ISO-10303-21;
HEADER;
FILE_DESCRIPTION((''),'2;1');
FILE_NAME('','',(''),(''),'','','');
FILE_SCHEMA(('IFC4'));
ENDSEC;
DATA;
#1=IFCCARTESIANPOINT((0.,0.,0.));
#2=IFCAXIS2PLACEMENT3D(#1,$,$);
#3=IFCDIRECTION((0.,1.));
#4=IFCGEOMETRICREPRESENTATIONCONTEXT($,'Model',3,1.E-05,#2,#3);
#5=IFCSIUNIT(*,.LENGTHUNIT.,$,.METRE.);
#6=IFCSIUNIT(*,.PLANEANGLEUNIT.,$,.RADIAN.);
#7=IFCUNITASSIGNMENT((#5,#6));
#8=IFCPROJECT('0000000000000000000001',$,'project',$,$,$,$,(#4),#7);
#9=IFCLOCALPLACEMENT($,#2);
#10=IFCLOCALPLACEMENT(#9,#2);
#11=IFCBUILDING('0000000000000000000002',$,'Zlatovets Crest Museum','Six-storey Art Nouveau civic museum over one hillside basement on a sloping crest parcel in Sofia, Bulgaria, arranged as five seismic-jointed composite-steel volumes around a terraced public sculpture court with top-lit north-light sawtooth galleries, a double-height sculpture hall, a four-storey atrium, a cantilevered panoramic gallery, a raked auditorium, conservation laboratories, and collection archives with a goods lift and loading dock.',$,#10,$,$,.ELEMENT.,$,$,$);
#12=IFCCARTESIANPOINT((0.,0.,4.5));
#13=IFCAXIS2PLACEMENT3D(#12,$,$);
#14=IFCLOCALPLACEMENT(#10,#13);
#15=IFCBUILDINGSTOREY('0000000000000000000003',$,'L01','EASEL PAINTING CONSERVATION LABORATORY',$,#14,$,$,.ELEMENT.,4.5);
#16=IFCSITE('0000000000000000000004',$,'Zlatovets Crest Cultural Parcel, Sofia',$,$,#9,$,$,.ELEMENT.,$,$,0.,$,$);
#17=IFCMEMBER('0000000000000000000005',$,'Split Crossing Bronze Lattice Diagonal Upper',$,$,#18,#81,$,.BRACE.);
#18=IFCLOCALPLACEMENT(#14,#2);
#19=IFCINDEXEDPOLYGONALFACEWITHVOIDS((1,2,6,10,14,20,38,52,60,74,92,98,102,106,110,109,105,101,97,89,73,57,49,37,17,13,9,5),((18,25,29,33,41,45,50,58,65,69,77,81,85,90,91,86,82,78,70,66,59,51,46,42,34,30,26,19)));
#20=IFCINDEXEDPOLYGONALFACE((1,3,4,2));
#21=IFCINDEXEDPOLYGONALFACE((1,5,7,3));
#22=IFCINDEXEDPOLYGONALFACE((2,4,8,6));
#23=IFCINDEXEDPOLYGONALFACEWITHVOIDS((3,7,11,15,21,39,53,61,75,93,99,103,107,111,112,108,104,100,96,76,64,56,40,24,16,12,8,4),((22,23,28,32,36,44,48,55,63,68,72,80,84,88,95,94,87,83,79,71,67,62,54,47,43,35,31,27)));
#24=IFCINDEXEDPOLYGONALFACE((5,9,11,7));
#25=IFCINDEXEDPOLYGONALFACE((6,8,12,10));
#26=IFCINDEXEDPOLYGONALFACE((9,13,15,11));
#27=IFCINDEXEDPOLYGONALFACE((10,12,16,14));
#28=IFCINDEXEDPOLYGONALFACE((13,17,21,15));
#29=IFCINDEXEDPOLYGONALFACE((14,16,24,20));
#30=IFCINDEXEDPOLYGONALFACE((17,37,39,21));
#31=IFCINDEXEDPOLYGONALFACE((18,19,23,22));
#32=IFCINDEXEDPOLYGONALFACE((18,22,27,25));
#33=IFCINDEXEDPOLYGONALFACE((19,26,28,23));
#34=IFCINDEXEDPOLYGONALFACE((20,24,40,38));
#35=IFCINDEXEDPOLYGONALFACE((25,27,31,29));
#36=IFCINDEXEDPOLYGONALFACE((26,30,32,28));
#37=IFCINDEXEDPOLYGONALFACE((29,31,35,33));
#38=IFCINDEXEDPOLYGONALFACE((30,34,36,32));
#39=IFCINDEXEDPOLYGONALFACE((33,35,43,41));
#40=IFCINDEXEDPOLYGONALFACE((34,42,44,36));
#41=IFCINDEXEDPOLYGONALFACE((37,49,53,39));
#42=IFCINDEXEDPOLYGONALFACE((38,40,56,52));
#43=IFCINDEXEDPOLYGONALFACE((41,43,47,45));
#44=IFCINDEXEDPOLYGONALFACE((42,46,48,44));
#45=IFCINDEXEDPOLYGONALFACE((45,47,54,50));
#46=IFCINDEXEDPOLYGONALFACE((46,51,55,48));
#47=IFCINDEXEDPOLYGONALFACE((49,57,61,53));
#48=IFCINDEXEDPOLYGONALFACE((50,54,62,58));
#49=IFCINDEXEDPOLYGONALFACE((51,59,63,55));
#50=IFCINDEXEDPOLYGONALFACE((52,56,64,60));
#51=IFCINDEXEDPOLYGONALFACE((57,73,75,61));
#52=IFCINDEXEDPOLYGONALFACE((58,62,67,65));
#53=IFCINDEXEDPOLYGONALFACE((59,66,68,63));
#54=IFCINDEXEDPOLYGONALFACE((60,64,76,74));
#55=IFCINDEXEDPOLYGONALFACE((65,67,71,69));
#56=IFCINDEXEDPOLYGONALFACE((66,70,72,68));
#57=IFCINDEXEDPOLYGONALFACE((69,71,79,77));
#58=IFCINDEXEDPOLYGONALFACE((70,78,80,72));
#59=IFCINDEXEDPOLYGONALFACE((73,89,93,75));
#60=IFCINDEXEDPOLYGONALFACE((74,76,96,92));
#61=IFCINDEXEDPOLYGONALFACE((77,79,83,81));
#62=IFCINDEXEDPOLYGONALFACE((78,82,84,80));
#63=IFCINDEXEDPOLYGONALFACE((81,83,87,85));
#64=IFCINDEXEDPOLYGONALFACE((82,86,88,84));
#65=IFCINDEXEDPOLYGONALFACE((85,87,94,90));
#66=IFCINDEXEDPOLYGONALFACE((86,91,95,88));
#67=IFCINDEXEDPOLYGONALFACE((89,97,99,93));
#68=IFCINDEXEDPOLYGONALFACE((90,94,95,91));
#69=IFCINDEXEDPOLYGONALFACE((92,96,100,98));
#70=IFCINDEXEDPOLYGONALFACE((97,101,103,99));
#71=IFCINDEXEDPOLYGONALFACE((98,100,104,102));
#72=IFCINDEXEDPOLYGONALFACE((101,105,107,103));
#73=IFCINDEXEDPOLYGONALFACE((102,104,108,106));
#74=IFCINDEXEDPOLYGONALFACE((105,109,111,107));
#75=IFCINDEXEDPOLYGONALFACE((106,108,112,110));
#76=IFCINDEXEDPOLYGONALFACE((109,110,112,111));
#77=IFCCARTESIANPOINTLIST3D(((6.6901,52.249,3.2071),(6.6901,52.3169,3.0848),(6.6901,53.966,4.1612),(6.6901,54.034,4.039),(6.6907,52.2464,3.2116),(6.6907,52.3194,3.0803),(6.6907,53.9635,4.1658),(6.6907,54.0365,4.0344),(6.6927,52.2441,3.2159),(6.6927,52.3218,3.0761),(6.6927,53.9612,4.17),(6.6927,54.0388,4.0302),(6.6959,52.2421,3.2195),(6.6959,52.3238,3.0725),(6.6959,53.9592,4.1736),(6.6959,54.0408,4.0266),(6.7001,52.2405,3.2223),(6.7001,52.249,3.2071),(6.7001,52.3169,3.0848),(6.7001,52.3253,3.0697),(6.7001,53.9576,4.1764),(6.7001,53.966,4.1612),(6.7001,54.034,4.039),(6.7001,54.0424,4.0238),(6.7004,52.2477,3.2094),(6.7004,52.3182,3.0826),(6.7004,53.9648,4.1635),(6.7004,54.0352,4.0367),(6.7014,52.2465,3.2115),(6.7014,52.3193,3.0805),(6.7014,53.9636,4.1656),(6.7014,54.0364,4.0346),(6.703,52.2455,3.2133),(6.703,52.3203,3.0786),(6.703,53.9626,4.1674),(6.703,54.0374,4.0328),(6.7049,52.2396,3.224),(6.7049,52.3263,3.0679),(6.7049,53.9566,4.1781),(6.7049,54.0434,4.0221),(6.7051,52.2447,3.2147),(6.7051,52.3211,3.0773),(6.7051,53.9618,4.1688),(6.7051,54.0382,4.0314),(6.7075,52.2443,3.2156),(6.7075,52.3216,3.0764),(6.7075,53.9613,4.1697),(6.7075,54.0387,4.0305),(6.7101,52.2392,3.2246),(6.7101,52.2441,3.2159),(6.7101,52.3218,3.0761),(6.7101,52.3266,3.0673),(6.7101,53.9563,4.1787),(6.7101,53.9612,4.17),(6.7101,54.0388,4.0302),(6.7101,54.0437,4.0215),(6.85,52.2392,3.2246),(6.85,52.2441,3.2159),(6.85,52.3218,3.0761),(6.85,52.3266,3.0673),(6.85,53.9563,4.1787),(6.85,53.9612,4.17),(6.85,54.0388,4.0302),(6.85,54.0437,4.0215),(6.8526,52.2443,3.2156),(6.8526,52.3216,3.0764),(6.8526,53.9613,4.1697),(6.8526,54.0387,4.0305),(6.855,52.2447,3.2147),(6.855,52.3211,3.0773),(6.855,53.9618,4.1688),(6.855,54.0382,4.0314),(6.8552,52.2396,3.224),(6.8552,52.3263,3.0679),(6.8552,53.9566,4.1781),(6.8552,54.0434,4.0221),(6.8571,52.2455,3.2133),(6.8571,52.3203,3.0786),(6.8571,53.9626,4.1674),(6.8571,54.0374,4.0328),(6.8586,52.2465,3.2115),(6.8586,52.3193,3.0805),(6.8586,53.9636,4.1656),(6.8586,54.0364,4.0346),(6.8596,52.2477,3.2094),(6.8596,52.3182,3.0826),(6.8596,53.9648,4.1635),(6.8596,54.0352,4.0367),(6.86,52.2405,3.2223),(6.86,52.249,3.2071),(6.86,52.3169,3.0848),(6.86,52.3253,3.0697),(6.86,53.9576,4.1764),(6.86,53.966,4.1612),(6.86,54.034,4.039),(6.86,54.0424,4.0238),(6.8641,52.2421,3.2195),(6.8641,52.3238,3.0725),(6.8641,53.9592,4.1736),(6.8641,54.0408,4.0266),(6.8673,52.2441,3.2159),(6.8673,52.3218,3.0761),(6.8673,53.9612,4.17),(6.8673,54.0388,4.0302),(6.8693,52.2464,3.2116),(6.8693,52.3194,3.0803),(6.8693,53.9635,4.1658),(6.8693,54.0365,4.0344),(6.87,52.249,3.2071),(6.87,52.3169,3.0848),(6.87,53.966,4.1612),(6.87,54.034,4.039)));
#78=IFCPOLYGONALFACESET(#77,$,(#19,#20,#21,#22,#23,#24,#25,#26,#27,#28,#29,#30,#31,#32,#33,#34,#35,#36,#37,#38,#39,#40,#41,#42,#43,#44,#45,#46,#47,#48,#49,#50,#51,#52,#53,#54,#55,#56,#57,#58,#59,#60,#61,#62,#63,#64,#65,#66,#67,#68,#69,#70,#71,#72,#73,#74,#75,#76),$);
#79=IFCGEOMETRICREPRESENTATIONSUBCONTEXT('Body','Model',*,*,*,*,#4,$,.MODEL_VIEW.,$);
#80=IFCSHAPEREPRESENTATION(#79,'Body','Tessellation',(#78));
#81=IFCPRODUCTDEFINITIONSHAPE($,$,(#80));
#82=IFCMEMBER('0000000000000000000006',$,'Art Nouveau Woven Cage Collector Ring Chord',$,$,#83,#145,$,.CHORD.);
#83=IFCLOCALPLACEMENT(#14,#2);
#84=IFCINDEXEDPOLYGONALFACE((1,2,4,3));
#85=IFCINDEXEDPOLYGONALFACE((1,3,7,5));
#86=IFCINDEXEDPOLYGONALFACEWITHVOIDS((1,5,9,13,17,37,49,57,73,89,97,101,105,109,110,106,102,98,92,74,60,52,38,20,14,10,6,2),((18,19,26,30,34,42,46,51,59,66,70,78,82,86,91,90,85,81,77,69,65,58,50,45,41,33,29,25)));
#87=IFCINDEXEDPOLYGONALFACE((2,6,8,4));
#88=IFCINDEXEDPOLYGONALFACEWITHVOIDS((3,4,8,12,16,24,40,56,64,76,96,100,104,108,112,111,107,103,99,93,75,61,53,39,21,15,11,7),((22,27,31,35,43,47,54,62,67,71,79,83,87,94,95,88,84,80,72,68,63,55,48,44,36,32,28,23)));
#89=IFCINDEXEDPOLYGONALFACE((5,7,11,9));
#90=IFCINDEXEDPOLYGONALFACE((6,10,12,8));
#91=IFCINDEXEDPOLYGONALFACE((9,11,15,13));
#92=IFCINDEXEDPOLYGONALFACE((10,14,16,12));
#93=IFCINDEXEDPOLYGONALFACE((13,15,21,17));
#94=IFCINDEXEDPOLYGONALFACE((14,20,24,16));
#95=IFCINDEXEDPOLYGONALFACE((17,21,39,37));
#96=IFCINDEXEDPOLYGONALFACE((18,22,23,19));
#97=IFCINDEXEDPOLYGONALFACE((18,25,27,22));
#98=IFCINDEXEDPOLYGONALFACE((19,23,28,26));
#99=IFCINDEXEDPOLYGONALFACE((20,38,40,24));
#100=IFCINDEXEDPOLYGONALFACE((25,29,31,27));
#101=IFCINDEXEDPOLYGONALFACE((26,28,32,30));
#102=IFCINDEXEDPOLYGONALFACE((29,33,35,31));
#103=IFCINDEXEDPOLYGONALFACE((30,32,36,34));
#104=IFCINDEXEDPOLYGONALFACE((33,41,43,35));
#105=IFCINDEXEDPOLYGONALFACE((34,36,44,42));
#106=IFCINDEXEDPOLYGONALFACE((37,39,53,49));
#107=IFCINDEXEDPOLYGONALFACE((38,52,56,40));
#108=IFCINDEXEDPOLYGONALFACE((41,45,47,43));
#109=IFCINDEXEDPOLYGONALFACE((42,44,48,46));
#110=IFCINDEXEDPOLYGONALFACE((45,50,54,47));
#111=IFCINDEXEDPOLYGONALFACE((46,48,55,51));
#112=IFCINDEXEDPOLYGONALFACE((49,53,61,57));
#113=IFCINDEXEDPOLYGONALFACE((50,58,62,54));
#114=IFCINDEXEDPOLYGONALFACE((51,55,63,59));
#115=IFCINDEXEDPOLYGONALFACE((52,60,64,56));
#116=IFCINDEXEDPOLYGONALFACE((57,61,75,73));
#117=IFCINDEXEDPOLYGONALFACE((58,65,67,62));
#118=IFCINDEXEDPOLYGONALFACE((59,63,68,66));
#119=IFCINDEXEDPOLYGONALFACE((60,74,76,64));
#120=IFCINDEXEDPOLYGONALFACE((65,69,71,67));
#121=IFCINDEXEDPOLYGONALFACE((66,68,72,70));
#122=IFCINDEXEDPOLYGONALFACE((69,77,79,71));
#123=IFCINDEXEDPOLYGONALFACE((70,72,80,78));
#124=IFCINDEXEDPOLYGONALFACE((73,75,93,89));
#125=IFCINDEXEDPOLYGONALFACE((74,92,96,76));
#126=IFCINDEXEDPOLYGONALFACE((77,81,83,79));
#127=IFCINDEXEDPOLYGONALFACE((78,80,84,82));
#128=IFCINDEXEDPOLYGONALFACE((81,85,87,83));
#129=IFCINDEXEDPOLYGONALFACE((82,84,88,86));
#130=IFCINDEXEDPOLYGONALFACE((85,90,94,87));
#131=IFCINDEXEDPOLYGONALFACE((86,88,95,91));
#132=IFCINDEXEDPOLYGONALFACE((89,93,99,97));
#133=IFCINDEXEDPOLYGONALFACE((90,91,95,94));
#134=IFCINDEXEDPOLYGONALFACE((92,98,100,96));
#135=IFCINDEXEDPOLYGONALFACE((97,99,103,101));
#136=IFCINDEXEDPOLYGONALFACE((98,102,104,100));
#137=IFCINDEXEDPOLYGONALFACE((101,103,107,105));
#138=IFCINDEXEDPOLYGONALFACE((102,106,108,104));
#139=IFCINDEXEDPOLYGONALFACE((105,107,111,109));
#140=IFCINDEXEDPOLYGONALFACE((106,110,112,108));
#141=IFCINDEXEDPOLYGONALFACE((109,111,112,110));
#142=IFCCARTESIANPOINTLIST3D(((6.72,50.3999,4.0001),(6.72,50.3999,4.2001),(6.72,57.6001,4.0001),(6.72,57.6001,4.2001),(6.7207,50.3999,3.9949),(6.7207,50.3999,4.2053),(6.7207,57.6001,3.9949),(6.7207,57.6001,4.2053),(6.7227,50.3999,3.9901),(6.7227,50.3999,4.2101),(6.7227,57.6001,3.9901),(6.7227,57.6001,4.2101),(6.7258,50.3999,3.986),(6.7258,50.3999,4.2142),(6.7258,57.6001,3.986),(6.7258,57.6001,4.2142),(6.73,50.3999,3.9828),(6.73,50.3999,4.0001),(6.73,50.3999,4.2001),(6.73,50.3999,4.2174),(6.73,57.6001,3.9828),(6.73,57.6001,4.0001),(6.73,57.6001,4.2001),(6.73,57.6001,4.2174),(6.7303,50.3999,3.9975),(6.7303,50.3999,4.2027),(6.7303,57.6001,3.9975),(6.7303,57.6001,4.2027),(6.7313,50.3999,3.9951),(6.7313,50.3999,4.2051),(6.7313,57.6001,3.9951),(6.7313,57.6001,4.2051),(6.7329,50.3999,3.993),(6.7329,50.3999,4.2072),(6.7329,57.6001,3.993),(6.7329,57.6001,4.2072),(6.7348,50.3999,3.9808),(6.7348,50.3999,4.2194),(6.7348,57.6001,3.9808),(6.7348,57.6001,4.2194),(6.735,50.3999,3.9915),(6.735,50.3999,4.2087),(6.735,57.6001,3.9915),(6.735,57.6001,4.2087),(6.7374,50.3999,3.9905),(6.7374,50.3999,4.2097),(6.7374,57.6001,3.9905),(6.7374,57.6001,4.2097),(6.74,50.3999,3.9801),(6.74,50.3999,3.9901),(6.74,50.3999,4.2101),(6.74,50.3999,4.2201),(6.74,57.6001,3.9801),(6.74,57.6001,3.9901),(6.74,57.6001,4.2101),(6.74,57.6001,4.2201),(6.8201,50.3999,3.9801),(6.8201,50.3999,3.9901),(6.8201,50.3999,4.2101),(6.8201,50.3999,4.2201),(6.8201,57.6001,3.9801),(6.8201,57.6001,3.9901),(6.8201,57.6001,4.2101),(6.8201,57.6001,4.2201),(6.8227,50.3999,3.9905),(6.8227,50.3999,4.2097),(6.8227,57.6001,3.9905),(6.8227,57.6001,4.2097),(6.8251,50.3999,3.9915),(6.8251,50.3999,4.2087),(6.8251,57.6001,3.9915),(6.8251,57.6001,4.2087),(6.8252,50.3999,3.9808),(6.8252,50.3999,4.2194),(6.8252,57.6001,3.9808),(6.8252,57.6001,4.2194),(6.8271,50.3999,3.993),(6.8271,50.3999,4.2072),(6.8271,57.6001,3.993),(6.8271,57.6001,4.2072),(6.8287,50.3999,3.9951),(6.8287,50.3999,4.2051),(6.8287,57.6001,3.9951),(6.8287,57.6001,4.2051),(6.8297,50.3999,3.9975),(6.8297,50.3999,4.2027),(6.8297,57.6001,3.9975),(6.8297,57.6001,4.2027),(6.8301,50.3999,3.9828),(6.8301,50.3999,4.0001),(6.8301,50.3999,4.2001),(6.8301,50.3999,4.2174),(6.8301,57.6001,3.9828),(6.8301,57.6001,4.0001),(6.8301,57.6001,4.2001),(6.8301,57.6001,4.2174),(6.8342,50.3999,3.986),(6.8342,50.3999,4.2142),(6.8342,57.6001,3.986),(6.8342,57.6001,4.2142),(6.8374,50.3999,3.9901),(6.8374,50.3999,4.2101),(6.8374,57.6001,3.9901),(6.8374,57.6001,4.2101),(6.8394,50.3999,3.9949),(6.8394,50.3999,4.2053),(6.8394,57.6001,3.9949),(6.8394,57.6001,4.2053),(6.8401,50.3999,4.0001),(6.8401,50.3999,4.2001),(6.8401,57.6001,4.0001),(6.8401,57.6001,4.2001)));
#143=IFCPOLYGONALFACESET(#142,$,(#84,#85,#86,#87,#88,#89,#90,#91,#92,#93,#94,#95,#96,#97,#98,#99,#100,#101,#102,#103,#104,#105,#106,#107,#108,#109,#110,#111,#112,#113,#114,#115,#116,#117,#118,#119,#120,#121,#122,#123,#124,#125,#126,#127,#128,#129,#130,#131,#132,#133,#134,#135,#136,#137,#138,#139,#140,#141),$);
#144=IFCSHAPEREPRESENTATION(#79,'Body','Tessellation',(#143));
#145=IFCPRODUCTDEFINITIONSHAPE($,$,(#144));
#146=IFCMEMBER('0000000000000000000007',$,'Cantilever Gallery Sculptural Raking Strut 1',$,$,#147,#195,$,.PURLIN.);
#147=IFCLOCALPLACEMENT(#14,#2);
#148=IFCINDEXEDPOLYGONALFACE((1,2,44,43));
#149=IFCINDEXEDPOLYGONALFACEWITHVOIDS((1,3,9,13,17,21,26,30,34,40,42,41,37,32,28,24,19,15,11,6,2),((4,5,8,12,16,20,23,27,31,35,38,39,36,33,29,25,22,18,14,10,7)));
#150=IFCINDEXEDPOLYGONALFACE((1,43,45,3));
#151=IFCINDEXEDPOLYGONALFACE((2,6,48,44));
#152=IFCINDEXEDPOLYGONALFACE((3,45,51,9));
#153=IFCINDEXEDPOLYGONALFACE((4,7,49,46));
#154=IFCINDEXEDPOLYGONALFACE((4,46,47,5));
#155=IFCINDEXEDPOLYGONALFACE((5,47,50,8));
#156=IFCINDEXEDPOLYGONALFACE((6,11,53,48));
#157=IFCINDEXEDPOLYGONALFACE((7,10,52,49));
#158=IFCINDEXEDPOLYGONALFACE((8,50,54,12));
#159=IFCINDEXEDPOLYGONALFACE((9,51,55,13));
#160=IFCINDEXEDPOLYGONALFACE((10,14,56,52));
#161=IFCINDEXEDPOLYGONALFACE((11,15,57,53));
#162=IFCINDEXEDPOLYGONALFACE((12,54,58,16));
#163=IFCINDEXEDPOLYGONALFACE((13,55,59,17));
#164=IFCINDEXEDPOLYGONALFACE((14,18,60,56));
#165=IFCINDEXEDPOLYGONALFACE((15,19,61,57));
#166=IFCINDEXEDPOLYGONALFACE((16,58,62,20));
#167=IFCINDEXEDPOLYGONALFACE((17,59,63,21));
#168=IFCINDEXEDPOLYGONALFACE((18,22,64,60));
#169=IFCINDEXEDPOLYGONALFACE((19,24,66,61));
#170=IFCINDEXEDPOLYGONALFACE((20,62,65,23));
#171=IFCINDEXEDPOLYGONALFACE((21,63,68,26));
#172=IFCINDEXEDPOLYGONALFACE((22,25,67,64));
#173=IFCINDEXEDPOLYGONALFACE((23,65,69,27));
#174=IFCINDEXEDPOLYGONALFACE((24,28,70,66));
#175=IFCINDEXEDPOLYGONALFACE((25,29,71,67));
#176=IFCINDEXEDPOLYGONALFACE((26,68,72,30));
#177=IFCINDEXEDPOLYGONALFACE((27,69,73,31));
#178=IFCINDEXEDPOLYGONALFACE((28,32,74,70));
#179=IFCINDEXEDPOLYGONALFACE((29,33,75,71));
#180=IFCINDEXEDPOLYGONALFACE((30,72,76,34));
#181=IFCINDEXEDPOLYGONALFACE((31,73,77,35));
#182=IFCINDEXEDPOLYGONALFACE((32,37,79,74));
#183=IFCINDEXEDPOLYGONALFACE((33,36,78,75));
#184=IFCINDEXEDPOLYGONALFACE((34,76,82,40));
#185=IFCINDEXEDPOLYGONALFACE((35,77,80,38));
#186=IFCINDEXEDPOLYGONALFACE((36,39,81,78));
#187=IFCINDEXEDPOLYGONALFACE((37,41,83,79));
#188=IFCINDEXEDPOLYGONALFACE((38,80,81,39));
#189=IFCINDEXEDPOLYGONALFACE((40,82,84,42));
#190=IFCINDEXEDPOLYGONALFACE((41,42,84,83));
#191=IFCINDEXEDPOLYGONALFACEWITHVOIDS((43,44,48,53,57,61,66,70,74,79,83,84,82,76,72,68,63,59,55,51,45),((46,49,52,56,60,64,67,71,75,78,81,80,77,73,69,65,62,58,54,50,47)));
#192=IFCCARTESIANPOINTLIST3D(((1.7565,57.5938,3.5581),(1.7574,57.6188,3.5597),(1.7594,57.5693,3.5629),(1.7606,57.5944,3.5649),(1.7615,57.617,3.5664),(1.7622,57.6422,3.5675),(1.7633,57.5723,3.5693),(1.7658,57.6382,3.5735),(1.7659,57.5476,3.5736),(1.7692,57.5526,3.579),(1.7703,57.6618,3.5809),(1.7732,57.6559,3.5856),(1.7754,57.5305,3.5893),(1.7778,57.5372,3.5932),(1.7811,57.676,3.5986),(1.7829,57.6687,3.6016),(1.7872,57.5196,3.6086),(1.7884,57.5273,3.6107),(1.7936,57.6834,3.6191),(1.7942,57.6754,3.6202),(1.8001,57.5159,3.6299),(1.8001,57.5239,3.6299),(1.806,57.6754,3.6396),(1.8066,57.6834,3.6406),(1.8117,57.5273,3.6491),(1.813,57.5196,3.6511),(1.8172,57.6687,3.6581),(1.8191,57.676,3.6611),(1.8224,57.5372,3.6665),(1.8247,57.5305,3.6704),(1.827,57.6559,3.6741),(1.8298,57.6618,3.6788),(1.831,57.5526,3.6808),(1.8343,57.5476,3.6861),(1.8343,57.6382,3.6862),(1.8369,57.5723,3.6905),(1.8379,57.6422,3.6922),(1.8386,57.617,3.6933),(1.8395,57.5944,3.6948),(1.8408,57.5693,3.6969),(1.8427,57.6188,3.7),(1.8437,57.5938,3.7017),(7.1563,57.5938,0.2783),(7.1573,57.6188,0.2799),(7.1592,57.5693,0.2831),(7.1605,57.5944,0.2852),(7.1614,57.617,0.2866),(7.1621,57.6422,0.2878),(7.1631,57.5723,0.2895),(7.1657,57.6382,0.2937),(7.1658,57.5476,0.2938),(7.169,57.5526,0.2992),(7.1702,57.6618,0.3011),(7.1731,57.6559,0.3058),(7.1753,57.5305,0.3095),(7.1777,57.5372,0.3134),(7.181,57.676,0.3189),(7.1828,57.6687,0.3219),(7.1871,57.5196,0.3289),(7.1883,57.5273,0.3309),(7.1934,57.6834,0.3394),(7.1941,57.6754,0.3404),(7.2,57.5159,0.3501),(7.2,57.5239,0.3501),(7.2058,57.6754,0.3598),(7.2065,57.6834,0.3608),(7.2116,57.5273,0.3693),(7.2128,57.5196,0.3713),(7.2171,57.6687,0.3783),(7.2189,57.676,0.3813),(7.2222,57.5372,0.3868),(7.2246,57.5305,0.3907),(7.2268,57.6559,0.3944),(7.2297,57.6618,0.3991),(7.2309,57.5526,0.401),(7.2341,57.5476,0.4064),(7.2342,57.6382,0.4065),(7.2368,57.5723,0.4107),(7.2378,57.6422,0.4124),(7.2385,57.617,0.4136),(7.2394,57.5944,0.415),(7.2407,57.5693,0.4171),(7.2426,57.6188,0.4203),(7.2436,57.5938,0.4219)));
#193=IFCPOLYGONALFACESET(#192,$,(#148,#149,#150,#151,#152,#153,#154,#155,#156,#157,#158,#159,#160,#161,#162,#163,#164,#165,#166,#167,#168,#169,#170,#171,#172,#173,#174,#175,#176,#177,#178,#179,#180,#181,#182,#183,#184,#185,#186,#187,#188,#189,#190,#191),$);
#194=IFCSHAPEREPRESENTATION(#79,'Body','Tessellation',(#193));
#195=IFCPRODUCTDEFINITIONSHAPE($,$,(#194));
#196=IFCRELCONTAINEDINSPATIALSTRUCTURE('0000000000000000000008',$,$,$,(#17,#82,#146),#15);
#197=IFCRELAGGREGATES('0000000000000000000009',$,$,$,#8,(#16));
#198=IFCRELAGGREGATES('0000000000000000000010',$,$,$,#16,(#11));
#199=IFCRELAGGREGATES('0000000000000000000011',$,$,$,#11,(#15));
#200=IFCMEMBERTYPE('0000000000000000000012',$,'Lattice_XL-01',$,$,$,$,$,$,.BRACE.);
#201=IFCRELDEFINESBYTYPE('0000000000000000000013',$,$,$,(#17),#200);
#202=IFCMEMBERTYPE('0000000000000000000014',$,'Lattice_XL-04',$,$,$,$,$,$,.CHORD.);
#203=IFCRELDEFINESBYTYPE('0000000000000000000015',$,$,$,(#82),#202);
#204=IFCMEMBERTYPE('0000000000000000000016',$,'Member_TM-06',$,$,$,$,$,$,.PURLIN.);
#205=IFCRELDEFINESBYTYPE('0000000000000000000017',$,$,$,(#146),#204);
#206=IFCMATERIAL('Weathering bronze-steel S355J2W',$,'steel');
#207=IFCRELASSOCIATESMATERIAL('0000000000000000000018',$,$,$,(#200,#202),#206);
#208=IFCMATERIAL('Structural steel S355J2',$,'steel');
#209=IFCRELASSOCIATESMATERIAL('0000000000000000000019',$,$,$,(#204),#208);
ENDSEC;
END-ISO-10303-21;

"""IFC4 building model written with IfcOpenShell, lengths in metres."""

from ifc_helpers import new_model, si_unit, direction, frame, origin, origin_2d, place, context, subcontext, project, spatial, hollow_rectangle, hollow_circle, extrude, material, material_profile, profile_set, type_object, element, save


model = new_model("IFC4")

# Units and contexts
model_context = context("Model", 3, precision=1e-05, world=origin(), true_north=direction((0.0, 1.0)))
body_context = subcontext(model_context, "Body", "Model", "MODEL_VIEW")
ifc_project = project(units=[si_unit("LENGTHUNIT", "METRE"), si_unit("PLANEANGLEUNIT", "RADIAN")], contexts=[model_context])

# Site, building, storey
site_placement = place(None, origin())
site = spatial("IfcSite", under=ifc_project, at=site_placement, Name="Zlatovets Crest Cultural Parcel, Sofia", CompositionType="ELEMENT", RefElevation=0.0)
building_placement = place(site_placement, origin())
building = spatial("IfcBuilding", under=site, at=building_placement, Name="Zlatovets Crest Museum", Description="Six-storey Art Nouveau civic museum over one hillside basement on a sloping crest parcel in Sofia, Bulgaria, arranged as five seismic-jointed composite-steel volumes around a terraced public sculpture court with top-lit north-light sawtooth galleries, a double-height sculpture hall, a four-storey atrium, a cantilevered panoramic gallery, a raked auditorium, conservation laboratories, and collection archives with a goods lift and loading dock.", CompositionType="ELEMENT")
storey_placement = place(building_placement, frame((0.0, 0.0, 4.5)))
storey = spatial("IfcBuildingStorey", under=building, at=storey_placement, Name="L01", Description="EASEL PAINTING CONSERVATION LABORATORY", CompositionType="ELEMENT", Elevation=4.5)

# Shared definitions
ifc_material_1 = material(Name="Structural steel S355J2", Category="steel")

# Members
ifc_material_2 = material(Name="Weathering bronze-steel S355J2W", Category="steel")
ifc_material_profile_1 = material_profile(ifc_material_2, hollow_rectangle(XDim=0.1799, YDim=0.1799, WallThickness=0.01, InnerFilletRadius=0.01, OuterFilletRadius=0.02, at=origin_2d()), Name="SHS 180x180x10.0")
ifc_profile_set_1 = profile_set([ifc_material_profile_1], Name="Weathering bronze-steel S355J2W")
member_type_1 = type_object("IfcMemberType", Name="Lattice_XL-01", PredefinedType="BRACE", material=ifc_profile_set_1)
member_1_placement = place(storey_placement, frame((6.78, 54.0, 4.1001), z_axis=(0.0, -0.874116, -0.485717), x_axis=(1.0, 0.0, 0.0)))
element("IfcMember", 1, at=member_1_placement, inside=storey, type_object=member_type_1, Name="Split Crossing Bronze Lattice Diagonal Upper", PredefinedType="BRACE", context=body_context, shape_type="SweptSolid", body=[
    extrude(hollow_rectangle(XDim=0.1799, YDim=0.1799, WallThickness=0.01, InnerFilletRadius=0.01, OuterFilletRadius=0.02, at=origin_2d()), origin(), (0.0, 0.0, 1.0), 1.9644),
])
ifc_material_profile_2 = material_profile(ifc_material_2, hollow_rectangle(XDim=0.1201, YDim=0.24, WallThickness=0.01, InnerFilletRadius=0.01, OuterFilletRadius=0.02, at=origin_2d()), Name="RHS 120x240x10.0")
ifc_profile_set_2 = profile_set([ifc_material_profile_2], Name="Weathering bronze-steel S355J2W")
member_type_2 = type_object("IfcMemberType", Name="Lattice_XL-04", PredefinedType="CHORD", material=ifc_profile_set_2)
member_2_placement = place(storey_placement, frame((6.78, 57.6001, 4.1001), z_axis=(0.0, -1.0, 0.0), x_axis=(1.0, 0.0, 0.0)))
element("IfcMember", 2, at=member_2_placement, inside=storey, type_object=member_type_2, Name="Art Nouveau Woven Cage Collector Ring Chord", PredefinedType="CHORD", context=body_context, shape_type="SweptSolid", body=[
    extrude(hollow_rectangle(XDim=0.1201, YDim=0.24, WallThickness=0.01, InnerFilletRadius=0.01, OuterFilletRadius=0.02, at=origin_2d()), origin(), (0.0, 0.0, 1.0), 7.2002),
])
ifc_material_profile_3 = material_profile(ifc_material_1, hollow_circle(Radius=0.0842, WallThickness=0.0081, at=origin_2d()), Name="CHS 168.3x8.0")
ifc_profile_set_3 = profile_set([ifc_material_profile_3], Name="Structural steel S355J2")
member_type_3 = type_object("IfcMemberType", Name="Member_TM-06", PredefinedType="PURLIN", material=ifc_profile_set_3)
member_3_placement = place(storey_placement, frame((7.2, 57.6001, 0.3501), z_axis=(-0.854698, 0.0, 0.519125), x_axis=(0.0, -1.0, 0.0)))
element("IfcMember", 3, at=member_3_placement, inside=storey, type_object=member_type_3, Name="Cantilever Gallery Sculptural Raking Strut 1", PredefinedType="PURLIN", context=body_context, shape_type="SweptSolid", body=[
    extrude(hollow_circle(Radius=0.0842, WallThickness=0.0081, at=origin_2d()), origin(), (0.0, 0.0, 1.0), 6.3179),
])

save(model, "model.ifc")
